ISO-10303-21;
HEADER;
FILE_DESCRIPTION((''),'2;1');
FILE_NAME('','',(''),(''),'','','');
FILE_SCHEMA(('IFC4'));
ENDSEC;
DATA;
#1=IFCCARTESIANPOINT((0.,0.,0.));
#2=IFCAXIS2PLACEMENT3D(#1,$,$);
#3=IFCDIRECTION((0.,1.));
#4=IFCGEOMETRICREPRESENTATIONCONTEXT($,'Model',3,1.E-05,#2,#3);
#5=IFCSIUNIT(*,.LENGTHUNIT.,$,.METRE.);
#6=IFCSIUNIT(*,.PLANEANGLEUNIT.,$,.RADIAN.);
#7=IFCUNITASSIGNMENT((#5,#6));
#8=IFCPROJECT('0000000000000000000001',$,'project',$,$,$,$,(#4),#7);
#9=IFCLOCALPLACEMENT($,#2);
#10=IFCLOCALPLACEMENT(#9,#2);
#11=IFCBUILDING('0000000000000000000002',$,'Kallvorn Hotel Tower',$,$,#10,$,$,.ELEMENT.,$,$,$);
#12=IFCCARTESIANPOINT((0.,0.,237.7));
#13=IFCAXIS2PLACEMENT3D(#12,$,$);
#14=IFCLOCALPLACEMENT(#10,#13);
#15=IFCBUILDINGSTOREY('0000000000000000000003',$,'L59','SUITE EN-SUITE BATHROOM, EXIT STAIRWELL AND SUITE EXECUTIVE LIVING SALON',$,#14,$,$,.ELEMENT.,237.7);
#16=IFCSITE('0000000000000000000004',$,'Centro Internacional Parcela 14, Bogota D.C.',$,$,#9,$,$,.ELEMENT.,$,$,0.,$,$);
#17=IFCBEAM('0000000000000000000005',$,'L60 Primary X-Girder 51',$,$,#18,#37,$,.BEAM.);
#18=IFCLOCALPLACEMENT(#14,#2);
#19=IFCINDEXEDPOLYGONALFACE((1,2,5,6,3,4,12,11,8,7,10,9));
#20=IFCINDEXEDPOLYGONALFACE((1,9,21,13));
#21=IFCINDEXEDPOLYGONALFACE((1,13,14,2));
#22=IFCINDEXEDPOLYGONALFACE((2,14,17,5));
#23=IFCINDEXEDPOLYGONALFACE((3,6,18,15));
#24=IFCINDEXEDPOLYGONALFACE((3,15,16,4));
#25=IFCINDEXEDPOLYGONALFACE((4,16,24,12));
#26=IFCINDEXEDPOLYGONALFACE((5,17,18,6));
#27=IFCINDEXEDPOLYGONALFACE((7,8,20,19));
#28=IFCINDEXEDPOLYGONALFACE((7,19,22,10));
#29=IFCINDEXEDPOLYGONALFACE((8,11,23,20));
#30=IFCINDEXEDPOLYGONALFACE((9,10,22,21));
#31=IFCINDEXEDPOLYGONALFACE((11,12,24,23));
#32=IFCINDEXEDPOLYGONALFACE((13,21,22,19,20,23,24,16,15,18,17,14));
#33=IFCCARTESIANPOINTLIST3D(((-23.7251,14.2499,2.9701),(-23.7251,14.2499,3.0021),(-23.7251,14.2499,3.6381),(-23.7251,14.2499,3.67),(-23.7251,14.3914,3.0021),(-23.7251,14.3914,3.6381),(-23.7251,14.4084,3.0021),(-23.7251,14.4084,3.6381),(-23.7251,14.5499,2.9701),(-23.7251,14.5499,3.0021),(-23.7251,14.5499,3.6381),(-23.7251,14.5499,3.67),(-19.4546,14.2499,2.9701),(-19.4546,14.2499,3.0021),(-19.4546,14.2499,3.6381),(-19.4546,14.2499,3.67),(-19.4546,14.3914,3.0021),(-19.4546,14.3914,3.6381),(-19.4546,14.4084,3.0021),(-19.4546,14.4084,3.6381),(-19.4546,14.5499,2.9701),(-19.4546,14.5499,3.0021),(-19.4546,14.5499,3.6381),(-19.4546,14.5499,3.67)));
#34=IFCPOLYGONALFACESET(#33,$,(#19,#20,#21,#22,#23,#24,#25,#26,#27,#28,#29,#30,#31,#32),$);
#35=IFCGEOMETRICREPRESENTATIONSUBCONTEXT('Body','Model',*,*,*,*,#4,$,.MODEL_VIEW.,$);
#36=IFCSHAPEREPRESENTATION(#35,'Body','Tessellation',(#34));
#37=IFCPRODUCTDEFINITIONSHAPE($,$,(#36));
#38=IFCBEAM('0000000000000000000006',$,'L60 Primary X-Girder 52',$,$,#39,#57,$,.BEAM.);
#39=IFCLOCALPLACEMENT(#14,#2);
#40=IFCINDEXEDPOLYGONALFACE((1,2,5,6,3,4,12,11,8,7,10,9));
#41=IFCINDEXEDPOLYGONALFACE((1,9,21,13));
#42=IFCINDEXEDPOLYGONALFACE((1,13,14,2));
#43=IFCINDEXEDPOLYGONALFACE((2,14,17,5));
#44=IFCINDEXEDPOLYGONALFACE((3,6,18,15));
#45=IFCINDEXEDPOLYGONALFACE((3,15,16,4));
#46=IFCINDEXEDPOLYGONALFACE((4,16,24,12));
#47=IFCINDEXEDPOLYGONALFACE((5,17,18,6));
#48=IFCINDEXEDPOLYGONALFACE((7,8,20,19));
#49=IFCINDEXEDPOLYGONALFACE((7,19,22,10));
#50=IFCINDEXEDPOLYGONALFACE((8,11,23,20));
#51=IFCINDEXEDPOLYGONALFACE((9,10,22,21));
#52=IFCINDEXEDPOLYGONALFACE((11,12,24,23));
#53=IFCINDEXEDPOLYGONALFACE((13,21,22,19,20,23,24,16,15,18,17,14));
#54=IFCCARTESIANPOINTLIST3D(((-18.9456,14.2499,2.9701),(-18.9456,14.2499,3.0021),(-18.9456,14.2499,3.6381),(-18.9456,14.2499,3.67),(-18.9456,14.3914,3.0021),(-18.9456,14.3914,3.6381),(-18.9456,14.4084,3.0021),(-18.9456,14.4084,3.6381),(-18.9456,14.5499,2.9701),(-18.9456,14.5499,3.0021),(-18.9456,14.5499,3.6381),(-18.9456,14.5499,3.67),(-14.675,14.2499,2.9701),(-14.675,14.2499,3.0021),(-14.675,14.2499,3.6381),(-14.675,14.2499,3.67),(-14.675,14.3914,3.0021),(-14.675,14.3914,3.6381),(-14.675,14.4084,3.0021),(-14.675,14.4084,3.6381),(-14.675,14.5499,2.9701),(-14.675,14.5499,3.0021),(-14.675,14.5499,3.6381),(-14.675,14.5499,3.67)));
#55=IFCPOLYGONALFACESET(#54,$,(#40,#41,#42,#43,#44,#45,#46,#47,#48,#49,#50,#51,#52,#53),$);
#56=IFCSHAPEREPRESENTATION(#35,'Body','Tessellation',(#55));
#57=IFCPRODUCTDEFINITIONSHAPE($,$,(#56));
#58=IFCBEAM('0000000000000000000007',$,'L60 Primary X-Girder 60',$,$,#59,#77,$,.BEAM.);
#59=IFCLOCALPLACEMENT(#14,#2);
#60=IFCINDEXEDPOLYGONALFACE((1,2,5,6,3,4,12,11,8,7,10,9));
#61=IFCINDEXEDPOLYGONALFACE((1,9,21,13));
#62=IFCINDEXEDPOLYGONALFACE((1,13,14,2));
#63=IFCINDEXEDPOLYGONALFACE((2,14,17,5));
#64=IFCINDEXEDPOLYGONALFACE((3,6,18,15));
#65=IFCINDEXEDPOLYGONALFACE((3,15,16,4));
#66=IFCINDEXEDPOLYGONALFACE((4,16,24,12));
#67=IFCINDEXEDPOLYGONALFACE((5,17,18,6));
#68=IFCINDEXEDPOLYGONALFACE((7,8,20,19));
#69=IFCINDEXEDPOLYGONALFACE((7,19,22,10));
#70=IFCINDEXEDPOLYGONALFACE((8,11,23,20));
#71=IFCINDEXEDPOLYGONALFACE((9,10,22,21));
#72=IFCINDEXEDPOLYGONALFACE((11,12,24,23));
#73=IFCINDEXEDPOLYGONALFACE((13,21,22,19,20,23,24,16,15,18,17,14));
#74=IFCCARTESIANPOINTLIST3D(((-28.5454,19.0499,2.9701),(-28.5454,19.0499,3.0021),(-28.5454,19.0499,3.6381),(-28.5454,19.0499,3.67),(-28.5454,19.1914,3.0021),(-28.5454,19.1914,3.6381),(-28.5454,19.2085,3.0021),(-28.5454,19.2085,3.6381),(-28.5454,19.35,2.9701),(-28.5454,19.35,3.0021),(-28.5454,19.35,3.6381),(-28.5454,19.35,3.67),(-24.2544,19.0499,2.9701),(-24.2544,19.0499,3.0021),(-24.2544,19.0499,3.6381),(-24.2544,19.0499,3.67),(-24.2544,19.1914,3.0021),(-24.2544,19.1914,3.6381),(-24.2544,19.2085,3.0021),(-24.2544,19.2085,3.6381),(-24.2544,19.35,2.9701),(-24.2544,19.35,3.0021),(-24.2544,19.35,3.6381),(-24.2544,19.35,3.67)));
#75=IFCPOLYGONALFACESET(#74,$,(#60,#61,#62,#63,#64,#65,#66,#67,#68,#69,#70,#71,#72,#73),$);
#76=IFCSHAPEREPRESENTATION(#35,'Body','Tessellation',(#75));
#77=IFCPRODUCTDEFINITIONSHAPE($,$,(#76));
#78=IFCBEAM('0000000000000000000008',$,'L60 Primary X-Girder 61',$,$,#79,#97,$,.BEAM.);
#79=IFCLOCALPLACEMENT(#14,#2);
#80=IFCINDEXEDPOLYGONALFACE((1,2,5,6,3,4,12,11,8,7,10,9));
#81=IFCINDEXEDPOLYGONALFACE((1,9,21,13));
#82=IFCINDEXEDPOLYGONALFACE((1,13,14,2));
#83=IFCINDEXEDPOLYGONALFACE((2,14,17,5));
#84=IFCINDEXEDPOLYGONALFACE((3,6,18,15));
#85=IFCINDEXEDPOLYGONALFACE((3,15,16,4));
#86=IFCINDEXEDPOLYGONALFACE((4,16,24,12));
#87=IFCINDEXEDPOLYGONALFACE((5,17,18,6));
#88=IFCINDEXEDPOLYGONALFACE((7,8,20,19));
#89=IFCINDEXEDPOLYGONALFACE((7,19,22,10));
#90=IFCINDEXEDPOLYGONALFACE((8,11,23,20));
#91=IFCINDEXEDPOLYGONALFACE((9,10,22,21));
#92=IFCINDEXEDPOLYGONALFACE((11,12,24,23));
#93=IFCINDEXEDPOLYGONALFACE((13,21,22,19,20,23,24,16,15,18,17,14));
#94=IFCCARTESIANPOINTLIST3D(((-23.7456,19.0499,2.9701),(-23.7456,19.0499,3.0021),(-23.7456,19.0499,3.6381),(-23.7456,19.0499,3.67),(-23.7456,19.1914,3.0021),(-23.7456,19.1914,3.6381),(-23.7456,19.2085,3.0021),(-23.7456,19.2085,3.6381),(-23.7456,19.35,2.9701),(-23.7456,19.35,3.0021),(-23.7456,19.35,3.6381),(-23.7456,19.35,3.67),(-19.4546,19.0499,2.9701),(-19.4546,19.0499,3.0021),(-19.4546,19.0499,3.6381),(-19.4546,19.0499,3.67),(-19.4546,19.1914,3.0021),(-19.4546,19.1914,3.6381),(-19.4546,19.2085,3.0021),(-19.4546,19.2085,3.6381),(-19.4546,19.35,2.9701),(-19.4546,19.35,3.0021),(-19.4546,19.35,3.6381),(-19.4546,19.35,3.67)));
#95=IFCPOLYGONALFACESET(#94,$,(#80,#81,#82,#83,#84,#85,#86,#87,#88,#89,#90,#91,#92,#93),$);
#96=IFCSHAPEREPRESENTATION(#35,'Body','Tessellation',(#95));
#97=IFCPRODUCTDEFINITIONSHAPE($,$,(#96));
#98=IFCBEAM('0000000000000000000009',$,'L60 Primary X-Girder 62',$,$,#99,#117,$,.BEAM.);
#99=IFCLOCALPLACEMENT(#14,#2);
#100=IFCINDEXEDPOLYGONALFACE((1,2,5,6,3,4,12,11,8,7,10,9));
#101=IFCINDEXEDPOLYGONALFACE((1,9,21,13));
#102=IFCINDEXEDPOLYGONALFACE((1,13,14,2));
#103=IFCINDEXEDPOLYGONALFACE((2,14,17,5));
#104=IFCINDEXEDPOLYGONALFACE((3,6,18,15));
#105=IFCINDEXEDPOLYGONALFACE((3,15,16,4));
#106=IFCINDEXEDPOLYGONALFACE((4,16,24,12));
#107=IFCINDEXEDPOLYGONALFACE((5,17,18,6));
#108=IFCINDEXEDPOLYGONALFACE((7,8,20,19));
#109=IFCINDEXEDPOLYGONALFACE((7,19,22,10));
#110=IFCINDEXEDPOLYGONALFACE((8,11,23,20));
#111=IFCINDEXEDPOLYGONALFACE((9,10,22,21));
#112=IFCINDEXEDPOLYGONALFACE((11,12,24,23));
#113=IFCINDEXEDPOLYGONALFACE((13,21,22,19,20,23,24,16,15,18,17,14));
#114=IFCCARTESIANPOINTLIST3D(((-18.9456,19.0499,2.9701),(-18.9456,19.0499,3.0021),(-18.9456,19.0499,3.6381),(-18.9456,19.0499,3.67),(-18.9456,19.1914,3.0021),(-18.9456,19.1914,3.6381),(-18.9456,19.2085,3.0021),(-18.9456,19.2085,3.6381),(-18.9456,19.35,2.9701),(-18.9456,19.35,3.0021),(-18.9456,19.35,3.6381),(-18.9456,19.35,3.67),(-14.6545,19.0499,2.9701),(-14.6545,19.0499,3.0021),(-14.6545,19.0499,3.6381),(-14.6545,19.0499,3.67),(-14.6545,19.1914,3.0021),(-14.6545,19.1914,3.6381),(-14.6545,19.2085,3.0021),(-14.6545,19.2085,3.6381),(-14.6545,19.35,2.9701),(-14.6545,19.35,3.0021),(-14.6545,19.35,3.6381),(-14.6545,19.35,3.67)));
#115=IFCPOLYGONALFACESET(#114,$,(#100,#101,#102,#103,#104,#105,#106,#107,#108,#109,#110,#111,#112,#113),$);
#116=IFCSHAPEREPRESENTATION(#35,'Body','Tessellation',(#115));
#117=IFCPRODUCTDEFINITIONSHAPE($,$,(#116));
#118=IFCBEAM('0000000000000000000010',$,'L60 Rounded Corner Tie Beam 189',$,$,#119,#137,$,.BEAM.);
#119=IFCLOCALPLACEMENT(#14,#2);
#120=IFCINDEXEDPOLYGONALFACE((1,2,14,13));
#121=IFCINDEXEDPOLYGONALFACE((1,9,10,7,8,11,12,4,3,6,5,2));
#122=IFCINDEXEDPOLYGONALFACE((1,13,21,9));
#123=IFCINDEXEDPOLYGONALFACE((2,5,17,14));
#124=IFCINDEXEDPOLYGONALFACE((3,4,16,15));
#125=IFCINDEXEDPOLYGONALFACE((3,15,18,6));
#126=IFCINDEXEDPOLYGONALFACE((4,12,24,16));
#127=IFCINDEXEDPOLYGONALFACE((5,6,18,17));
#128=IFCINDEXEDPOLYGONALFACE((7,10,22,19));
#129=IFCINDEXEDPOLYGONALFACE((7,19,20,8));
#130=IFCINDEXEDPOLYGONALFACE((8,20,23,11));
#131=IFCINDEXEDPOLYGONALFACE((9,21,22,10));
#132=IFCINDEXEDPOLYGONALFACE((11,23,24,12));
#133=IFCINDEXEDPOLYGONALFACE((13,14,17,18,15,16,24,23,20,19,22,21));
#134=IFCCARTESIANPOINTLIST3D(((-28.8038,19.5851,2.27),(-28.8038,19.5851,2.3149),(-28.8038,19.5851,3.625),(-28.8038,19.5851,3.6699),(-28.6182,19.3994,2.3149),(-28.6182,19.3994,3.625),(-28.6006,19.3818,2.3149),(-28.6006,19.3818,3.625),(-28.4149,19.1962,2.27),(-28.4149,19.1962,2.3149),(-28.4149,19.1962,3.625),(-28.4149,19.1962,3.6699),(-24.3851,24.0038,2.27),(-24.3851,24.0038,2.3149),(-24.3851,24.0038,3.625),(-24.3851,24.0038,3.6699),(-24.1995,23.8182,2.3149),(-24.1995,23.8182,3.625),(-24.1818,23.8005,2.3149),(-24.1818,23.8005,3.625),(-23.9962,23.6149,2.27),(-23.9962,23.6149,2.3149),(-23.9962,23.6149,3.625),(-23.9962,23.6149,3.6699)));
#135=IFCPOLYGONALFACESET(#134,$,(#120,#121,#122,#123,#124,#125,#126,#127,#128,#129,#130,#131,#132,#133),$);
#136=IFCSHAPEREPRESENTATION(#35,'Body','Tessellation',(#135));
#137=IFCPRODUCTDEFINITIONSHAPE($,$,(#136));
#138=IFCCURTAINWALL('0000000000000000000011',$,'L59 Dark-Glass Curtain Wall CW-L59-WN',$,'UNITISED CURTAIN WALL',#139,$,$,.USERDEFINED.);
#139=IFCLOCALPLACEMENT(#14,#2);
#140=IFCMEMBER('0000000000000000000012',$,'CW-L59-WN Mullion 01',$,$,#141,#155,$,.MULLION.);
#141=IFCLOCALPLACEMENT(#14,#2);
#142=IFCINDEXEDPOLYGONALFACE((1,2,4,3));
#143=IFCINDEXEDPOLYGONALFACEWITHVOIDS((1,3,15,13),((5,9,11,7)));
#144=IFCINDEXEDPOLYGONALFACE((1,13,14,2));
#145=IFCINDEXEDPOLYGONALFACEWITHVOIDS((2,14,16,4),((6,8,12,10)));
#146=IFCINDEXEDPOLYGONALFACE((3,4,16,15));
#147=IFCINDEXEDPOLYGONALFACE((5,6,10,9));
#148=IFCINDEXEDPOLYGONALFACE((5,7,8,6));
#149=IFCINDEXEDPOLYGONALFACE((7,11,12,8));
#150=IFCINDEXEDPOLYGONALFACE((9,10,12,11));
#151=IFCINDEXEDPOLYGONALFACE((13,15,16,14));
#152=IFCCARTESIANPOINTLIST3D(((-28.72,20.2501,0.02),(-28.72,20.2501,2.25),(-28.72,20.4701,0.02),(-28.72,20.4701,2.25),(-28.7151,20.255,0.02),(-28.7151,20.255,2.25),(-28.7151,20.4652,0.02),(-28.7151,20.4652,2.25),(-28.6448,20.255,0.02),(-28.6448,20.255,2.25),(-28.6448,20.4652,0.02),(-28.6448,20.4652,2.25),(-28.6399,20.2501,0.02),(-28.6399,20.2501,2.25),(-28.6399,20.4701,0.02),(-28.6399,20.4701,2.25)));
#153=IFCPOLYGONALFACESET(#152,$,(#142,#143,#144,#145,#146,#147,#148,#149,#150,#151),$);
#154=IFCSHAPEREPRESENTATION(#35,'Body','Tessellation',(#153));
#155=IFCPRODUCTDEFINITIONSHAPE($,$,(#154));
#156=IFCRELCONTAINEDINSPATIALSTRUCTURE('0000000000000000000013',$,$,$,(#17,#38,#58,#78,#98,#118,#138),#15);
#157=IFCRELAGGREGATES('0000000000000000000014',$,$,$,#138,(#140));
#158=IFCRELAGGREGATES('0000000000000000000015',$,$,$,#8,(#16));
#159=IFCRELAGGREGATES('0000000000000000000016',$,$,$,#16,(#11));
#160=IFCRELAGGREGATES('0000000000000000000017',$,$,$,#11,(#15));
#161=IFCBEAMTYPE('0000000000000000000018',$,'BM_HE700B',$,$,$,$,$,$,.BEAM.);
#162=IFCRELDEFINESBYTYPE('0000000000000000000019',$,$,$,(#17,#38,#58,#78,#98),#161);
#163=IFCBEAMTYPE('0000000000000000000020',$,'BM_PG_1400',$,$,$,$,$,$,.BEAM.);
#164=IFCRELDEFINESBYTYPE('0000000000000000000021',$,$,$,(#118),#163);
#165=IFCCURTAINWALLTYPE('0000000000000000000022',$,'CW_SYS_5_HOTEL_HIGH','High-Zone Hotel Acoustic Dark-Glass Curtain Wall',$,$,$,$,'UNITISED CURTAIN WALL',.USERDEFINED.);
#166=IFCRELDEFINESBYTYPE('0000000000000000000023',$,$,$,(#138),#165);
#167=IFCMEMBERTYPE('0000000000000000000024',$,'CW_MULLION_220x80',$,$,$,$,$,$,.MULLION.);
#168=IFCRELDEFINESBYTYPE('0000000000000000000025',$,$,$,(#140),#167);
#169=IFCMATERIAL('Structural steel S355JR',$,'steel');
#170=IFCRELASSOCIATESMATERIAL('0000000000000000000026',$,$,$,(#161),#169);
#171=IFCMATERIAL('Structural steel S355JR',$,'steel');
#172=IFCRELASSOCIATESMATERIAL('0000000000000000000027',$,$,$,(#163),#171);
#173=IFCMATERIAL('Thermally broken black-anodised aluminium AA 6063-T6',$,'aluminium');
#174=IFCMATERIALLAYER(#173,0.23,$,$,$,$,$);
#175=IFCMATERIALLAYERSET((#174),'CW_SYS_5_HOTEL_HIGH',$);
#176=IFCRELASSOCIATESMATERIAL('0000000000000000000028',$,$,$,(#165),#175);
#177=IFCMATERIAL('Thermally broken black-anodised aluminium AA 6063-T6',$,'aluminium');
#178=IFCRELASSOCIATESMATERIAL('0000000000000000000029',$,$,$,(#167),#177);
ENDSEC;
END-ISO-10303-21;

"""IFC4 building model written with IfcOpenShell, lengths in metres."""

from ifc_helpers import new_model, si_unit, direction, frame, origin, origin_2d, place, context, subcontext, project, spatial, hollow_rectangle, i_section, extrude, material, layer, layer_set, material_profile, profile_set, type_object, element, aggregate, save


model = new_model("IFC4")

# Units and contexts
model_context = context("Model", 3, precision=1e-05, world=origin(), true_north=direction((0.0, 1.0)))
body_context = subcontext(model_context, "Body", "Model", "MODEL_VIEW")
ifc_project = project(units=[si_unit("LENGTHUNIT", "METRE"), si_unit("PLANEANGLEUNIT", "RADIAN")], contexts=[model_context])

# Site, building, storey
site_placement = place(None, origin())
site = spatial("IfcSite", under=ifc_project, at=site_placement, Name="Centro Internacional Parcela 14, Bogota D.C.", CompositionType="ELEMENT", RefElevation=0.0)
building_placement = place(site_placement, origin())
building = spatial("IfcBuilding", under=site, at=building_placement, Name="Kallvorn Hotel Tower", CompositionType="ELEMENT")
storey_placement = place(building_placement, frame((0.0, 0.0, 237.7)))
storey = spatial("IfcBuildingStorey", under=building, at=storey_placement, Name="L59", Description="SUITE EN-SUITE BATHROOM, EXIT STAIRWELL AND SUITE EXECUTIVE LIVING SALON", CompositionType="ELEMENT", Elevation=237.7)

# Beams
ifc_material_1 = material(Name="Structural steel S355JR", Category="steel")
ifc_material_profile_1 = material_profile(ifc_material_1, i_section(OverallWidth=0.3, OverallDepth=0.7, WebThickness=0.0171, FlangeThickness=0.032, at=origin_2d()), Name="HE 700 B")
ifc_profile_set_1 = profile_set([ifc_material_profile_1], Name="Structural steel S355JR")
beam_type_1 = type_object("IfcBeamType", Name="BM_HE700B", PredefinedType="BEAM", material=ifc_profile_set_1)
for number, where, z_axis, x_axis, name in (
    (1, (-23.7251, 14.3999, 3.3201), (1.0, 0.0, 0.0), (0.0, 1.0, 0.0), "L60 Primary X-Girder 51"),
    (2, (-18.9456, 14.3999, 3.3201), (1.0, 0.0, 0.0), (0.0, 1.0, 0.0), "L60 Primary X-Girder 52"),
):
    element("IfcBeam", number, at=place(storey_placement, frame(where, z_axis=z_axis, x_axis=x_axis)), inside=storey, type_object=beam_type_1, Name=name, PredefinedType="BEAM", context=body_context, shape_type="SweptSolid", body=[
        extrude(i_section(OverallWidth=0.3, OverallDepth=0.7, WebThickness=0.0171, FlangeThickness=0.032, at=origin_2d()), origin(), (0.0, 0.0, 1.0), 4.2705),
    ])
for number, where, z_axis, x_axis, name in (
    (3, (-28.5454, 19.2, 3.3201), (1.0, 0.0, 0.0), (0.0, 1.0, 0.0), "L60 Primary X-Girder 60"),
    (4, (-23.7456, 19.2, 3.3201), (1.0, 0.0, 0.0), (0.0, 1.0, 0.0), "L60 Primary X-Girder 61"),
    (5, (-18.9456, 19.2, 3.3201), (1.0, 0.0, 0.0), (0.0, 1.0, 0.0), "L60 Primary X-Girder 62"),
):
    element("IfcBeam", number, at=place(storey_placement, frame(where, z_axis=z_axis, x_axis=x_axis)), inside=storey, type_object=beam_type_1, Name=name, PredefinedType="BEAM", context=body_context, shape_type="SweptSolid", body=[
        extrude(i_section(OverallWidth=0.3, OverallDepth=0.7, WebThickness=0.0171, FlangeThickness=0.032, at=origin_2d()), origin(), (0.0, 0.0, 1.0), 4.291),
    ])
ifc_material_2 = material(Name="Structural steel S355JR", Category="steel")
ifc_material_profile_2 = material_profile(ifc_material_2, i_section(OverallWidth=0.55, OverallDepth=1.3999, WebThickness=0.0249, FlangeThickness=0.0449, at=origin_2d()), Name="PG 1400x550x25x45")
ifc_profile_set_2 = profile_set([ifc_material_profile_2], Name="Structural steel S355JR")
beam_type_2 = type_object("IfcBeamType", Name="BM_PG_1400", PredefinedType="BEAM", material=ifc_profile_set_2)
beam_1_placement = place(storey_placement, frame((-28.6094, 19.3906, 2.97), z_axis=(0.707107, 0.707107, 0.0), x_axis=(-0.707107, 0.707107, 0.0)))
element("IfcBeam", 6, at=beam_1_placement, inside=storey, type_object=beam_type_2, Name="L60 Rounded Corner Tie Beam 189", PredefinedType="BEAM", context=body_context, shape_type="SweptSolid", body=[
    extrude(i_section(OverallWidth=0.55, OverallDepth=1.3999, WebThickness=0.0249, FlangeThickness=0.0449, at=origin_2d()), origin(), (0.0, 0.0, 1.0), 6.249),
])

# Curtain wall, member
ifc_material_3 = material(Name="Thermally broken black-anodised aluminium AA 6063-T6", Category="aluminium")
ifc_layer_1 = layer(ifc_material_3, 0.23)
ifc_layer_set_1 = layer_set([ifc_layer_1], Name="CW_SYS_5_HOTEL_HIGH")
curtain_wall_type = type_object("IfcCurtainWallType", Name="CW_SYS_5_HOTEL_HIGH", Description="High-Zone Hotel Acoustic Dark-Glass Curtain Wall", ElementType="UNITISED CURTAIN WALL", PredefinedType="USERDEFINED", material=ifc_layer_set_1)
curtain_wall_placement = place(storey_placement, origin())
curtain_wall = element("IfcCurtainWall", 7, at=curtain_wall_placement, inside=storey, type_object=curtain_wall_type, Name="L59 Dark-Glass Curtain Wall CW-L59-WN", ObjectType="UNITISED CURTAIN WALL", PredefinedType="USERDEFINED")
ifc_material_4 = material(Name="Thermally broken black-anodised aluminium AA 6063-T6", Category="aluminium")
ifc_material_profile_3 = material_profile(ifc_material_4, hollow_rectangle(XDim=0.0801, YDim=0.22, WallThickness=0.0049, at=origin_2d()), Name="MUL 220x80")
ifc_profile_set_3 = profile_set([ifc_material_profile_3], Name="Thermally broken black-anodised aluminium AA 6063-T6")
member_type_1 = type_object("IfcMemberType", Name="CW_MULLION_220x80", PredefinedType="MULLION", material=ifc_profile_set_3)
member_placement = place(storey_placement, frame((-28.6799, 20.3601, 0.02), z_axis=(0.0, 0.0, 1.0), x_axis=(1.0, 0.0, 0.0)))
member = element("IfcMember", 8, at=member_placement, type_object=member_type_1, Name="CW-L59-WN Mullion 01", PredefinedType="MULLION", context=body_context, shape_type="SweptSolid", body=[
    extrude(hollow_rectangle(XDim=0.0801, YDim=0.22, WallThickness=0.0049, at=origin_2d()), origin(), (0.0, 0.0, 1.0), 2.23),
])
aggregate(curtain_wall, [member])

save(model, "model.ifc")
